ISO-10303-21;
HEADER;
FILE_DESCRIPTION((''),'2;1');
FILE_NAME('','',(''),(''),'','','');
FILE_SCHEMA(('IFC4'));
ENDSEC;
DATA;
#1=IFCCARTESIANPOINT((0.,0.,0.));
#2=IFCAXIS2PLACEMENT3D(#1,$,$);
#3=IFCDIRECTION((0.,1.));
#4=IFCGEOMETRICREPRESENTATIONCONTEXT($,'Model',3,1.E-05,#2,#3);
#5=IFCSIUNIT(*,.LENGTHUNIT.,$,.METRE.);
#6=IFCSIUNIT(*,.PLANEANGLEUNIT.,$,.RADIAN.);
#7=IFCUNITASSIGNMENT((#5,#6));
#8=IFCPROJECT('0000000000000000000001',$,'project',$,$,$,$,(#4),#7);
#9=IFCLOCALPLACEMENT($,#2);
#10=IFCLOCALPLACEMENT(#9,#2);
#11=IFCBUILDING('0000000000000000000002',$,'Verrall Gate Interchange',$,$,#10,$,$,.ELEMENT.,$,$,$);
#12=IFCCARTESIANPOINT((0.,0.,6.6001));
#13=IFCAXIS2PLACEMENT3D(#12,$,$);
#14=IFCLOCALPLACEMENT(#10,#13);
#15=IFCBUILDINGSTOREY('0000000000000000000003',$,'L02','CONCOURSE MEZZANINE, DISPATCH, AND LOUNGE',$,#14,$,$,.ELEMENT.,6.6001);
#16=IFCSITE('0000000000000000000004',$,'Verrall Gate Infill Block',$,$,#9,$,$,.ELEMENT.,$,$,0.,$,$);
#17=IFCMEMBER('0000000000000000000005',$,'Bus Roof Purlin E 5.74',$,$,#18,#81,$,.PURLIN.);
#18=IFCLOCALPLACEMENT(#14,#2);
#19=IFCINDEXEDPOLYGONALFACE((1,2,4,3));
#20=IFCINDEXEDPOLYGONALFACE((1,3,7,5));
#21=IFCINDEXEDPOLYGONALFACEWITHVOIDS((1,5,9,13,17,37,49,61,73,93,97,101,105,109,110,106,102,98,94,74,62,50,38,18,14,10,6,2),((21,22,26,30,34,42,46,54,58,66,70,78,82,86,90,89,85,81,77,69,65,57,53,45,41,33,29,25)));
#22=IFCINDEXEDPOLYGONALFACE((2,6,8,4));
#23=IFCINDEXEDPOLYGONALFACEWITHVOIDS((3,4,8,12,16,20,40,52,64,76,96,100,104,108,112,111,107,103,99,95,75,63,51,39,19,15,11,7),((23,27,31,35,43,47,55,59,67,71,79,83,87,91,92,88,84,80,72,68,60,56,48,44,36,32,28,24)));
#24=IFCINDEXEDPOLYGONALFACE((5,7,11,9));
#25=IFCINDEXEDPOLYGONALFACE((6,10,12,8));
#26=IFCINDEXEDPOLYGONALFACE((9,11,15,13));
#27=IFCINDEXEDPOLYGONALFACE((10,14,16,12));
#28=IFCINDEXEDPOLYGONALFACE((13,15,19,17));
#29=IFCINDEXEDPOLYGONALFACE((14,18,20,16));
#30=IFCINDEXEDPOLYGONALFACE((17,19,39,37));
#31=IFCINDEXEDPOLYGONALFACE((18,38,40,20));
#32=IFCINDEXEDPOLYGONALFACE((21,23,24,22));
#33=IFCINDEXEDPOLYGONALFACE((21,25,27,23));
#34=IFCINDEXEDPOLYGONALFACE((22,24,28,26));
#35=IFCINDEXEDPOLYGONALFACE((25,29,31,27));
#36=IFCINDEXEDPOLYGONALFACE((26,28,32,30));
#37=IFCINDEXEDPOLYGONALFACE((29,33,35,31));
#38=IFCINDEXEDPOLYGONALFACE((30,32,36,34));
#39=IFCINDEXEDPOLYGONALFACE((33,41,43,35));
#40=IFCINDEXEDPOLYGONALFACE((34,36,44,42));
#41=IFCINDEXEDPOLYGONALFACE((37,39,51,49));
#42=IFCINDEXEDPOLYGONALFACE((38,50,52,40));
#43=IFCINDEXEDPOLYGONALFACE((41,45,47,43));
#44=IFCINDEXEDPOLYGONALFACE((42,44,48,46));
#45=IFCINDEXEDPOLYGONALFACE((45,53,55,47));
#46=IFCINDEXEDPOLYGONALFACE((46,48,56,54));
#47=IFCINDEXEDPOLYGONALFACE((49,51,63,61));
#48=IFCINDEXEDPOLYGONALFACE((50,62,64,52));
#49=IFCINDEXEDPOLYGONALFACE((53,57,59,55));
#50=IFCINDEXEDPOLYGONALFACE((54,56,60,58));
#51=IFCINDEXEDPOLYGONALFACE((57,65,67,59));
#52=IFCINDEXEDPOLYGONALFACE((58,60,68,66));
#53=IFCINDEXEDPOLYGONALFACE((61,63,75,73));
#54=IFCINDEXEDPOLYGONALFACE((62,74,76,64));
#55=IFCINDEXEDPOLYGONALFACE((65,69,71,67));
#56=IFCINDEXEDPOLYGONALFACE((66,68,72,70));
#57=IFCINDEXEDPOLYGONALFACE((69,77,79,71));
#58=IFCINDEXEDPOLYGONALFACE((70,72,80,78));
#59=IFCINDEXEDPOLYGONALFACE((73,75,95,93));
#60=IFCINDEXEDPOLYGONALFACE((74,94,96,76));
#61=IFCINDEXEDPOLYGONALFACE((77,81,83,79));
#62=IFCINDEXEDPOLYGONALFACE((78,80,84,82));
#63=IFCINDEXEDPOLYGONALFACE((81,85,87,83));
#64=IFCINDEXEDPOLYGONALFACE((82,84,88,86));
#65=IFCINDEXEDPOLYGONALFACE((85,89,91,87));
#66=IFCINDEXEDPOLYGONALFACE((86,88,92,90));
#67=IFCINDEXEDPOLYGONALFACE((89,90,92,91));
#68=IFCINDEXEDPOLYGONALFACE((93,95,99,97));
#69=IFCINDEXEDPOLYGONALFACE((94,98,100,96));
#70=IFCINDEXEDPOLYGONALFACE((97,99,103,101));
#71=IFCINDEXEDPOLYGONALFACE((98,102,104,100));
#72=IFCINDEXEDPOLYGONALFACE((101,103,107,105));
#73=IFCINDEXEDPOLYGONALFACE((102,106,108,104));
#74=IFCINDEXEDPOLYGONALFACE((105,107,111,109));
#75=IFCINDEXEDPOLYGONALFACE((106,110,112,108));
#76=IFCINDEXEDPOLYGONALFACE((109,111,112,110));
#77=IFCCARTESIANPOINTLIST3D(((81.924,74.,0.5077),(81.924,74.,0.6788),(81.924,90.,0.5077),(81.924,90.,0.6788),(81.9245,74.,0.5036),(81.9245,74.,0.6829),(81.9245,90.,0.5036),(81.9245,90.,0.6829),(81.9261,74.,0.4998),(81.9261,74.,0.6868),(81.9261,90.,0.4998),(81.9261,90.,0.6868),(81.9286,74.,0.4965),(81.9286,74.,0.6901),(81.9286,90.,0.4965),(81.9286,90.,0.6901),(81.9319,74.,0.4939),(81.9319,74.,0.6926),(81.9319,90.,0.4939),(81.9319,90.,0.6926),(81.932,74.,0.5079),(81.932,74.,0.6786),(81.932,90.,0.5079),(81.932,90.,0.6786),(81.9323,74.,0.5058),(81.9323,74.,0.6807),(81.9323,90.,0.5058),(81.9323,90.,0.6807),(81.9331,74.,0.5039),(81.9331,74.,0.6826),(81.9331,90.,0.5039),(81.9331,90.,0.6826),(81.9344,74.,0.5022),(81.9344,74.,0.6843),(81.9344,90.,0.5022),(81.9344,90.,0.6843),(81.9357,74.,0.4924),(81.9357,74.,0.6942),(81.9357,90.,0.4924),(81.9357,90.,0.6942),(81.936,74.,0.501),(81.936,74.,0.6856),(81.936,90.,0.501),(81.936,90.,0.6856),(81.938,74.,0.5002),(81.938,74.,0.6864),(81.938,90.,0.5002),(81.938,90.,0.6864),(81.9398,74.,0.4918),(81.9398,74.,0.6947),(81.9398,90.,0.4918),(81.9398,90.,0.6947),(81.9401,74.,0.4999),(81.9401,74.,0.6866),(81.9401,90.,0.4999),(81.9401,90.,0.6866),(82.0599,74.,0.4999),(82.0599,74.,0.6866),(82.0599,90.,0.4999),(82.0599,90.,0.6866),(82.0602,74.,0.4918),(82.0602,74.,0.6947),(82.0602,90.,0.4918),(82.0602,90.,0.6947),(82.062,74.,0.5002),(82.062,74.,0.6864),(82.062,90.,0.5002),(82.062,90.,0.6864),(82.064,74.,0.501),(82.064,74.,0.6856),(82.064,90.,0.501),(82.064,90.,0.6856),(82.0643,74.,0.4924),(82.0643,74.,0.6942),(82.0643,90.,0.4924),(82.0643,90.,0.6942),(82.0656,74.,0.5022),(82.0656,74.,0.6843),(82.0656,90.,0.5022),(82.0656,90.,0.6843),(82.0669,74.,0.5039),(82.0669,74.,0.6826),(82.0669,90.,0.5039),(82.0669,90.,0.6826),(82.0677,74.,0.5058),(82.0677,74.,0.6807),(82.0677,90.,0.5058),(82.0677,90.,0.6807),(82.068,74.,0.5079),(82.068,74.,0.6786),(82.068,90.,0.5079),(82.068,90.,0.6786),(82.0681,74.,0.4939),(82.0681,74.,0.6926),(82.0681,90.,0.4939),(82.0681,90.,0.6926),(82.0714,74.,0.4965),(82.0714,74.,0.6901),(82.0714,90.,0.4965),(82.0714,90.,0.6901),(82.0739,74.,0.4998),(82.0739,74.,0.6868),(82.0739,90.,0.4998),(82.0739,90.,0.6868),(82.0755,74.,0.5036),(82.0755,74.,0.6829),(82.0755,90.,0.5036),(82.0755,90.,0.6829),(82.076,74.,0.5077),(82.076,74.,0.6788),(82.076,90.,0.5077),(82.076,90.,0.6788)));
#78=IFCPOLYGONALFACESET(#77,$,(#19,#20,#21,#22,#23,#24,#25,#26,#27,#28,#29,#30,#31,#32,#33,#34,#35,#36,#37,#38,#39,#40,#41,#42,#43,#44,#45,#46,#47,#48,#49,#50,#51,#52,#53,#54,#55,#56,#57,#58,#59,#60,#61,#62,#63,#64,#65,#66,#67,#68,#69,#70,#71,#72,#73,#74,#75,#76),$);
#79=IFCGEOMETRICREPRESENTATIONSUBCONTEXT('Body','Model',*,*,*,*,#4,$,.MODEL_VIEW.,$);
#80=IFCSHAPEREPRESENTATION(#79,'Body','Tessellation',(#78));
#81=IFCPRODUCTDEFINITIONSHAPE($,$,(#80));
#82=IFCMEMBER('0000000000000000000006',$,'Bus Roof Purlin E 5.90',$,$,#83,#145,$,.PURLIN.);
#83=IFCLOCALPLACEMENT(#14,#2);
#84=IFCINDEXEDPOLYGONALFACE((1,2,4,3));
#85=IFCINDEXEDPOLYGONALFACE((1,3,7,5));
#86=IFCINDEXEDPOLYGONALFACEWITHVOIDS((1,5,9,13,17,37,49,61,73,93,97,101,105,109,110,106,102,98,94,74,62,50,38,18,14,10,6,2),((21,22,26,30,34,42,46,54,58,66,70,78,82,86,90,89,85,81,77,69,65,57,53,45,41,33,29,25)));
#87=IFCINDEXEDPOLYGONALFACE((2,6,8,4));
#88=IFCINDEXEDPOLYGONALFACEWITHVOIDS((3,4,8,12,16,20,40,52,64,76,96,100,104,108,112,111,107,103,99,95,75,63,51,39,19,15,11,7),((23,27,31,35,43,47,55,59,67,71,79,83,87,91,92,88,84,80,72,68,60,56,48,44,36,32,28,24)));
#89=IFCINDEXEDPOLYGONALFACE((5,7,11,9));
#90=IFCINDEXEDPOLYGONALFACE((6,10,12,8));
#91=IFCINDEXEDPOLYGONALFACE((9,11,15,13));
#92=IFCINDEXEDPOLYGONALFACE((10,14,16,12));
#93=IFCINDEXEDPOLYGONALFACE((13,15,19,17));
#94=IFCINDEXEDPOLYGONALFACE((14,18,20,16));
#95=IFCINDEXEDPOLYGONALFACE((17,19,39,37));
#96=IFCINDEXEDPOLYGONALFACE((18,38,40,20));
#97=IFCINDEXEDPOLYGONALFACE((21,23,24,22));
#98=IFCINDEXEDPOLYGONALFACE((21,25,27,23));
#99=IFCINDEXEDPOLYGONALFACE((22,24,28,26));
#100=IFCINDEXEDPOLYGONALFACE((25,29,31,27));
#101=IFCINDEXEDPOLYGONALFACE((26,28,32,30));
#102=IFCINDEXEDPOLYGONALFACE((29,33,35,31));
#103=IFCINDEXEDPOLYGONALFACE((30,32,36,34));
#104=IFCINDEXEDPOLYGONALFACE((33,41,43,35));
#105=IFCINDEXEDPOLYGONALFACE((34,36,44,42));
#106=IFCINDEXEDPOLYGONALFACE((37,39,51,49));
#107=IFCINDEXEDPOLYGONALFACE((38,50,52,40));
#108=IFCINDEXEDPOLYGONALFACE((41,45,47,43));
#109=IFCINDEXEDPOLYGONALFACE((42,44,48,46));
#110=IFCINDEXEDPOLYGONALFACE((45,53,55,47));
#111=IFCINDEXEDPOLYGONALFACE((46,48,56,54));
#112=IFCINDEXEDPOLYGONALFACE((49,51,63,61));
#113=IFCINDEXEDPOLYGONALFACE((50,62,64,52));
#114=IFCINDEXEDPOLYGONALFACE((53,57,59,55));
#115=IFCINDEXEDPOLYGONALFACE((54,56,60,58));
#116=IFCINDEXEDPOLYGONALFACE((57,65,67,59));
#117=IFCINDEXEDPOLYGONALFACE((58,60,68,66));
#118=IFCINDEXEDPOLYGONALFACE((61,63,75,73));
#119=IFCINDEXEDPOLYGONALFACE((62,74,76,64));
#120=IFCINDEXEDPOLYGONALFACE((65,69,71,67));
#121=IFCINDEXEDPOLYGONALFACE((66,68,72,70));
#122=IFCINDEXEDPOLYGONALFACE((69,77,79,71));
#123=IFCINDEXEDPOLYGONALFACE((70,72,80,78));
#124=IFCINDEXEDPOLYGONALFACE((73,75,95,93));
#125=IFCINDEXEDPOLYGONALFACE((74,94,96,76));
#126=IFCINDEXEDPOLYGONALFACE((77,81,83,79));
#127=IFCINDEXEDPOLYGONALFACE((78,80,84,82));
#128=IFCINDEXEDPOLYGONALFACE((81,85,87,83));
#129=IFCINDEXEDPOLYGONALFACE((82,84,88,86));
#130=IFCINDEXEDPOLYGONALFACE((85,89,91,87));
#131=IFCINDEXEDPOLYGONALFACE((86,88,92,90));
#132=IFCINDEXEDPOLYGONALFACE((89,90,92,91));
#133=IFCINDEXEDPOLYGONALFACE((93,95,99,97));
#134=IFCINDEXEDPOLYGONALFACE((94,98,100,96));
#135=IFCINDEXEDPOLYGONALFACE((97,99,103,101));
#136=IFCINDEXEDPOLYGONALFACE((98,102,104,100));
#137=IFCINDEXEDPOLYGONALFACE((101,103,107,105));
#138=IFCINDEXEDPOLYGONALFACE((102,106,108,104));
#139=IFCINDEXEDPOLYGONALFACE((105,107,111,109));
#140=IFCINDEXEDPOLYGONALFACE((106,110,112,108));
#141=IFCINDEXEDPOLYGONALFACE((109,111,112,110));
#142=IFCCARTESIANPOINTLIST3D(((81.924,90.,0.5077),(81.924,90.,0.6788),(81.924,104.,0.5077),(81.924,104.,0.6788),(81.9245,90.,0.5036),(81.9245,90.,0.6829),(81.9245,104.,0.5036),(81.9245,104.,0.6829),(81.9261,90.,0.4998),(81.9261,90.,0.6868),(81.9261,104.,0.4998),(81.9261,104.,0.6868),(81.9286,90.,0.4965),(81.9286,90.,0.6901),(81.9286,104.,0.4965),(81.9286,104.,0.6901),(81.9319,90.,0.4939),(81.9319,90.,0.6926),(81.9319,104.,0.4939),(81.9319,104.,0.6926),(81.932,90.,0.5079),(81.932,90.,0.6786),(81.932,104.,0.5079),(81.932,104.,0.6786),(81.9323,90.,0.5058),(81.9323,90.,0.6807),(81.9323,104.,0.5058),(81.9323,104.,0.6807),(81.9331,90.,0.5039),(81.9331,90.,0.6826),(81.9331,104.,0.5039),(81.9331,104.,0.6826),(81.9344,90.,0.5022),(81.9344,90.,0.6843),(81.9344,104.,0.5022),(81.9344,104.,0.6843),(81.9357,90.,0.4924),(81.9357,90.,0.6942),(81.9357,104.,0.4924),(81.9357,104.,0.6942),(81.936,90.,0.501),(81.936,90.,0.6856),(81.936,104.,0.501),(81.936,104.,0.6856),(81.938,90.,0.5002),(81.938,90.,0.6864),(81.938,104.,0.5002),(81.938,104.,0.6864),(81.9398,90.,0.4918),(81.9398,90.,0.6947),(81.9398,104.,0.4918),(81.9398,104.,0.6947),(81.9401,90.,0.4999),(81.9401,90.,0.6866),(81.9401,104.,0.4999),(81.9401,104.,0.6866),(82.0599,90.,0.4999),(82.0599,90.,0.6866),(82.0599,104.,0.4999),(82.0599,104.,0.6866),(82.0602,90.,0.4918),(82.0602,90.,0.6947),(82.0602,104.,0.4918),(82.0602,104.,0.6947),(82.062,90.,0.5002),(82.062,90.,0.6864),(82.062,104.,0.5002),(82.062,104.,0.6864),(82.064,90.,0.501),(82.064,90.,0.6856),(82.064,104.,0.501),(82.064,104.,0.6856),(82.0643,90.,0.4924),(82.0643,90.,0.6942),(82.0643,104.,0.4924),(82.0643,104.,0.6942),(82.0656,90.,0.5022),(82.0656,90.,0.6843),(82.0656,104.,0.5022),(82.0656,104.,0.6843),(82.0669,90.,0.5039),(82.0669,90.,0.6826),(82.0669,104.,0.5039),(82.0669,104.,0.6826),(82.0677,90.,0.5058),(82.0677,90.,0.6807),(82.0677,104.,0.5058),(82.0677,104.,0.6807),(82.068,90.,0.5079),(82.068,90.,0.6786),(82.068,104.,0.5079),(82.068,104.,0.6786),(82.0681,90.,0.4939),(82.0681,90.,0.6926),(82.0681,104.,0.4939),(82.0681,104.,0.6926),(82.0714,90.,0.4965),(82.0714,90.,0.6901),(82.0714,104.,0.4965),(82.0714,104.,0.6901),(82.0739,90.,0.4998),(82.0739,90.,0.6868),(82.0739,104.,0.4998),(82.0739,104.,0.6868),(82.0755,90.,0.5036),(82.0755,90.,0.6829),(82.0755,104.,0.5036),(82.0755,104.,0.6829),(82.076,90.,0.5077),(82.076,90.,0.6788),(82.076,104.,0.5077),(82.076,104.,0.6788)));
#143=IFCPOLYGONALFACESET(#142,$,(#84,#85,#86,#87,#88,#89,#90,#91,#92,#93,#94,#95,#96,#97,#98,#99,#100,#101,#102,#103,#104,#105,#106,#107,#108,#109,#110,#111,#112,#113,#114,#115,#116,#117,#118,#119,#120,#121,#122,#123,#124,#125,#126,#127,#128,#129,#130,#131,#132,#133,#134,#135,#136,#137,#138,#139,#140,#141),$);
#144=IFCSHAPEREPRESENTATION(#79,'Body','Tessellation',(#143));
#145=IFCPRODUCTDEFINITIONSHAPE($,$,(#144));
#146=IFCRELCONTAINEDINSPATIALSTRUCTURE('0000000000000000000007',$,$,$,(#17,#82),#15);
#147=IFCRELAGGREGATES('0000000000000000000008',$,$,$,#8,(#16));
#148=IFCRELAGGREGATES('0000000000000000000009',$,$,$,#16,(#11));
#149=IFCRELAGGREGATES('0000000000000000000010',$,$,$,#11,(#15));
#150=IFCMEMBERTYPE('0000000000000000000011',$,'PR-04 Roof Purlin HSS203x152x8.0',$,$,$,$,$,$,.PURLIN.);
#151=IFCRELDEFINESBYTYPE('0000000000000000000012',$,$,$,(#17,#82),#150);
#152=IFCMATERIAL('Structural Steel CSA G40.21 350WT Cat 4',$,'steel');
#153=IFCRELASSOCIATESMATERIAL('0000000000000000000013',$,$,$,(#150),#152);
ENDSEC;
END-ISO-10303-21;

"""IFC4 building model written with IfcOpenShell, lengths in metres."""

from ifc_helpers import new_model, si_unit, direction, frame, origin, origin_2d, place, context, subcontext, project, spatial, hollow_rectangle, extrude, material, material_profile, profile_set, type_object, element, save


model = new_model("IFC4")

# Units and contexts
model_context = context("Model", 3, precision=1e-05, world=origin(), true_north=direction((0.0, 1.0)))
body_context = subcontext(model_context, "Body", "Model", "MODEL_VIEW")
ifc_project = project(units=[si_unit("LENGTHUNIT", "METRE"), si_unit("PLANEANGLEUNIT", "RADIAN")], contexts=[model_context])

# Site, building, storey
site_placement = place(None, origin())
site = spatial("IfcSite", under=ifc_project, at=site_placement, Name="Verrall Gate Infill Block", CompositionType="ELEMENT", RefElevation=0.0)
building_placement = place(site_placement, origin())
building = spatial("IfcBuilding", under=site, at=building_placement, Name="Verrall Gate Interchange", CompositionType="ELEMENT")
storey_placement = place(building_placement, frame((0.0, 0.0, 6.6001)))
storey = spatial("IfcBuildingStorey", under=building, at=storey_placement, Name="L02", Description="CONCOURSE MEZZANINE, DISPATCH, AND LOUNGE", CompositionType="ELEMENT", Elevation=6.6001)

# Members
ifc_material_1 = material(Name="Structural Steel CSA G40.21 350WT Cat 4", Category="steel")
ifc_material_profile_1 = material_profile(ifc_material_1, hollow_rectangle(XDim=0.1521, YDim=0.2029, WallThickness=0.0081, InnerFilletRadius=0.0081, OuterFilletRadius=0.0159, at=origin_2d()), Name="HSS203x152x8.0")
ifc_profile_set_1 = profile_set([ifc_material_profile_1], Name="Structural Steel CSA G40.21 350WT Cat 4")
member_type_1 = type_object("IfcMemberType", Name="PR-04 Roof Purlin HSS203x152x8.0", PredefinedType="PURLIN", material=ifc_profile_set_1)
member_1_placement = place(storey_placement, frame((82.0, 74.0, 0.5933), z_axis=(0.0, 1.0, 0.0), x_axis=(-1.0, 0.0, 0.0)))
element("IfcMember", 1, at=member_1_placement, inside=storey, type_object=member_type_1, Name="Bus Roof Purlin E 5.74", PredefinedType="PURLIN", context=body_context, shape_type="SweptSolid", body=[
    extrude(hollow_rectangle(XDim=0.1521, YDim=0.2029, WallThickness=0.0081, InnerFilletRadius=0.0081, OuterFilletRadius=0.0159, at=origin_2d()), origin(), (0.0, 0.0, 1.0), 16.0),
])
member_2_placement = place(storey_placement, frame((82.0, 90.0, 0.5933), z_axis=(0.0, 1.0, 0.0), x_axis=(-1.0, 0.0, 0.0)))
element("IfcMember", 2, at=member_2_placement, inside=storey, type_object=member_type_1, Name="Bus Roof Purlin E 5.90", PredefinedType="PURLIN", context=body_context, shape_type="SweptSolid", body=[
    extrude(hollow_rectangle(XDim=0.1521, YDim=0.2029, WallThickness=0.0081, InnerFilletRadius=0.0081, OuterFilletRadius=0.0159, at=origin_2d()), origin(), (0.0, 0.0, 1.0), 14.0),
])

save(model, "model.ifc")
